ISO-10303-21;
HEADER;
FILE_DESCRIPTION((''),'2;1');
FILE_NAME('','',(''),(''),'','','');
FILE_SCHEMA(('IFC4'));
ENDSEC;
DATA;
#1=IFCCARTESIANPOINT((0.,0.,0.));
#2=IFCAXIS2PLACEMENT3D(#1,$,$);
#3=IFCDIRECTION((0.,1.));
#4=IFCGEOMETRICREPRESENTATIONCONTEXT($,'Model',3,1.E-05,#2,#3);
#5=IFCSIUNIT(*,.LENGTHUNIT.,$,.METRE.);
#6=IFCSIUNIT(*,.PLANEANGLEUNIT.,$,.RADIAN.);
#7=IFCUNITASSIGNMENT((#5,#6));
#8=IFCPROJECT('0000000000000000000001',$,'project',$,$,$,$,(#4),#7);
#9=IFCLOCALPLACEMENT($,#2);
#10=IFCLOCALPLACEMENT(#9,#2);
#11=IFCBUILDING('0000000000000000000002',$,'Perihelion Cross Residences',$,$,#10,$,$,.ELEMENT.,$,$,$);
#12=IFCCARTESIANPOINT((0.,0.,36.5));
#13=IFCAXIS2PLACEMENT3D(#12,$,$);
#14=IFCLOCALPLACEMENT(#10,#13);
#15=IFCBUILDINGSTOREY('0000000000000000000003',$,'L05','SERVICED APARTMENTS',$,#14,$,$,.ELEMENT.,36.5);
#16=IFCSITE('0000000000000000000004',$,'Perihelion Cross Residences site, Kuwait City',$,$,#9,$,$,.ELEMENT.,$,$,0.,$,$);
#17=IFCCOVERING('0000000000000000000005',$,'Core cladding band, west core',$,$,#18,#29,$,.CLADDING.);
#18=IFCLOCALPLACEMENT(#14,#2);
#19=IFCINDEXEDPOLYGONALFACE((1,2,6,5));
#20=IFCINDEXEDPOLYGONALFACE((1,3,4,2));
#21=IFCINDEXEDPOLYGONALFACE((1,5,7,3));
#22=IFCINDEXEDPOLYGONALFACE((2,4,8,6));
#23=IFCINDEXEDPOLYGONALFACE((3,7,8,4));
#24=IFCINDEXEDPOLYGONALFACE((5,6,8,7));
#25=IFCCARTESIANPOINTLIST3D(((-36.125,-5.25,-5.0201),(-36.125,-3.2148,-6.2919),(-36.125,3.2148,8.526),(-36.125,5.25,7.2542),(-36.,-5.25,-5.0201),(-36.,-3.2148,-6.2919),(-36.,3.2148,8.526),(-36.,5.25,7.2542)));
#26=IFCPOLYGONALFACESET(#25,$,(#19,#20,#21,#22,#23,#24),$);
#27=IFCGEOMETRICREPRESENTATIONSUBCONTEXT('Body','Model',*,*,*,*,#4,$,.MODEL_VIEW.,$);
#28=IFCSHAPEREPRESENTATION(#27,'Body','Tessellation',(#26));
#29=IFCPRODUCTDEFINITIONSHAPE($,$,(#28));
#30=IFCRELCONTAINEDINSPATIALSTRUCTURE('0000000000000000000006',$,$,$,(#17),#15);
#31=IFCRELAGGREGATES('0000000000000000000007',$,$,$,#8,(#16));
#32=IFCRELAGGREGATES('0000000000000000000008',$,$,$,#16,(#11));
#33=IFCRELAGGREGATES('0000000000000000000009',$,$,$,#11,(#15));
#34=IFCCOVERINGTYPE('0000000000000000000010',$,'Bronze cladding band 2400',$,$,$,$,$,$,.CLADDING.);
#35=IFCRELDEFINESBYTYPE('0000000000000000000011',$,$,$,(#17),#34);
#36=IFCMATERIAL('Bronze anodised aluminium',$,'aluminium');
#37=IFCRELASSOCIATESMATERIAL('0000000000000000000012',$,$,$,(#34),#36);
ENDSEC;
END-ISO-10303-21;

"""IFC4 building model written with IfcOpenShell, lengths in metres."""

from ifc_helpers import new_model, si_unit, direction, frame, origin, origin_2d, place, context, subcontext, project, spatial, rectangle, extrude, material, material_profile, profile_set, type_object, element, save


model = new_model("IFC4")

# Units and contexts
model_context = context("Model", 3, precision=1e-05, world=origin(), true_north=direction((0.0, 1.0)))
body_context = subcontext(model_context, "Body", "Model", "MODEL_VIEW")
ifc_project = project(units=[si_unit("LENGTHUNIT", "METRE"), si_unit("PLANEANGLEUNIT", "RADIAN")], contexts=[model_context])

# Site, building, storey
site_placement = place(None, origin())
site = spatial("IfcSite", under=ifc_project, at=site_placement, Name="Perihelion Cross Residences site, Kuwait City", CompositionType="ELEMENT", RefElevation=0.0)
building_placement = place(site_placement, origin())
building = spatial("IfcBuilding", under=site, at=building_placement, Name="Perihelion Cross Residences", CompositionType="ELEMENT")
storey_placement = place(building_placement, frame((0.0, 0.0, 36.5)))
storey = spatial("IfcBuildingStorey", under=building, at=storey_placement, Name="L05", Description="SERVICED APARTMENTS", CompositionType="ELEMENT", Elevation=36.5)

# Covering
ifc_material_1 = material(Name="Bronze anodised aluminium", Category="aluminium")
ifc_material_profile = material_profile(ifc_material_1, rectangle(XDim=0.125, YDim=2.3999, at=origin_2d()), Name="Bronze cladding band 2400")
ifc_profile_set = profile_set([ifc_material_profile], Name="Bronze anodised aluminium")
covering_type = type_object("IfcCoveringType", Name="Bronze cladding band 2400", PredefinedType="CLADDING", material=ifc_profile_set)
for number, where, z_axis, x_axis, name in (
    (1, (-36.0625, -4.2324, -5.656), (0.0, 0.529932, 0.84804), (-1.0, 0.0, 0.0), "Core cladding band, west core"),
):
    element("IfcCovering", number, at=place(storey_placement, frame(where, z_axis=z_axis, x_axis=x_axis)), inside=storey, type_object=covering_type, Name=name, PredefinedType="CLADDING", context=body_context, shape_type="SweptSolid", body=[
        extrude(rectangle(XDim=0.125, YDim=2.3999, at=origin_2d()), origin(), (0.0, 0.0, 1.0), 15.9734),
    ])

save(model, "model.ifc")
